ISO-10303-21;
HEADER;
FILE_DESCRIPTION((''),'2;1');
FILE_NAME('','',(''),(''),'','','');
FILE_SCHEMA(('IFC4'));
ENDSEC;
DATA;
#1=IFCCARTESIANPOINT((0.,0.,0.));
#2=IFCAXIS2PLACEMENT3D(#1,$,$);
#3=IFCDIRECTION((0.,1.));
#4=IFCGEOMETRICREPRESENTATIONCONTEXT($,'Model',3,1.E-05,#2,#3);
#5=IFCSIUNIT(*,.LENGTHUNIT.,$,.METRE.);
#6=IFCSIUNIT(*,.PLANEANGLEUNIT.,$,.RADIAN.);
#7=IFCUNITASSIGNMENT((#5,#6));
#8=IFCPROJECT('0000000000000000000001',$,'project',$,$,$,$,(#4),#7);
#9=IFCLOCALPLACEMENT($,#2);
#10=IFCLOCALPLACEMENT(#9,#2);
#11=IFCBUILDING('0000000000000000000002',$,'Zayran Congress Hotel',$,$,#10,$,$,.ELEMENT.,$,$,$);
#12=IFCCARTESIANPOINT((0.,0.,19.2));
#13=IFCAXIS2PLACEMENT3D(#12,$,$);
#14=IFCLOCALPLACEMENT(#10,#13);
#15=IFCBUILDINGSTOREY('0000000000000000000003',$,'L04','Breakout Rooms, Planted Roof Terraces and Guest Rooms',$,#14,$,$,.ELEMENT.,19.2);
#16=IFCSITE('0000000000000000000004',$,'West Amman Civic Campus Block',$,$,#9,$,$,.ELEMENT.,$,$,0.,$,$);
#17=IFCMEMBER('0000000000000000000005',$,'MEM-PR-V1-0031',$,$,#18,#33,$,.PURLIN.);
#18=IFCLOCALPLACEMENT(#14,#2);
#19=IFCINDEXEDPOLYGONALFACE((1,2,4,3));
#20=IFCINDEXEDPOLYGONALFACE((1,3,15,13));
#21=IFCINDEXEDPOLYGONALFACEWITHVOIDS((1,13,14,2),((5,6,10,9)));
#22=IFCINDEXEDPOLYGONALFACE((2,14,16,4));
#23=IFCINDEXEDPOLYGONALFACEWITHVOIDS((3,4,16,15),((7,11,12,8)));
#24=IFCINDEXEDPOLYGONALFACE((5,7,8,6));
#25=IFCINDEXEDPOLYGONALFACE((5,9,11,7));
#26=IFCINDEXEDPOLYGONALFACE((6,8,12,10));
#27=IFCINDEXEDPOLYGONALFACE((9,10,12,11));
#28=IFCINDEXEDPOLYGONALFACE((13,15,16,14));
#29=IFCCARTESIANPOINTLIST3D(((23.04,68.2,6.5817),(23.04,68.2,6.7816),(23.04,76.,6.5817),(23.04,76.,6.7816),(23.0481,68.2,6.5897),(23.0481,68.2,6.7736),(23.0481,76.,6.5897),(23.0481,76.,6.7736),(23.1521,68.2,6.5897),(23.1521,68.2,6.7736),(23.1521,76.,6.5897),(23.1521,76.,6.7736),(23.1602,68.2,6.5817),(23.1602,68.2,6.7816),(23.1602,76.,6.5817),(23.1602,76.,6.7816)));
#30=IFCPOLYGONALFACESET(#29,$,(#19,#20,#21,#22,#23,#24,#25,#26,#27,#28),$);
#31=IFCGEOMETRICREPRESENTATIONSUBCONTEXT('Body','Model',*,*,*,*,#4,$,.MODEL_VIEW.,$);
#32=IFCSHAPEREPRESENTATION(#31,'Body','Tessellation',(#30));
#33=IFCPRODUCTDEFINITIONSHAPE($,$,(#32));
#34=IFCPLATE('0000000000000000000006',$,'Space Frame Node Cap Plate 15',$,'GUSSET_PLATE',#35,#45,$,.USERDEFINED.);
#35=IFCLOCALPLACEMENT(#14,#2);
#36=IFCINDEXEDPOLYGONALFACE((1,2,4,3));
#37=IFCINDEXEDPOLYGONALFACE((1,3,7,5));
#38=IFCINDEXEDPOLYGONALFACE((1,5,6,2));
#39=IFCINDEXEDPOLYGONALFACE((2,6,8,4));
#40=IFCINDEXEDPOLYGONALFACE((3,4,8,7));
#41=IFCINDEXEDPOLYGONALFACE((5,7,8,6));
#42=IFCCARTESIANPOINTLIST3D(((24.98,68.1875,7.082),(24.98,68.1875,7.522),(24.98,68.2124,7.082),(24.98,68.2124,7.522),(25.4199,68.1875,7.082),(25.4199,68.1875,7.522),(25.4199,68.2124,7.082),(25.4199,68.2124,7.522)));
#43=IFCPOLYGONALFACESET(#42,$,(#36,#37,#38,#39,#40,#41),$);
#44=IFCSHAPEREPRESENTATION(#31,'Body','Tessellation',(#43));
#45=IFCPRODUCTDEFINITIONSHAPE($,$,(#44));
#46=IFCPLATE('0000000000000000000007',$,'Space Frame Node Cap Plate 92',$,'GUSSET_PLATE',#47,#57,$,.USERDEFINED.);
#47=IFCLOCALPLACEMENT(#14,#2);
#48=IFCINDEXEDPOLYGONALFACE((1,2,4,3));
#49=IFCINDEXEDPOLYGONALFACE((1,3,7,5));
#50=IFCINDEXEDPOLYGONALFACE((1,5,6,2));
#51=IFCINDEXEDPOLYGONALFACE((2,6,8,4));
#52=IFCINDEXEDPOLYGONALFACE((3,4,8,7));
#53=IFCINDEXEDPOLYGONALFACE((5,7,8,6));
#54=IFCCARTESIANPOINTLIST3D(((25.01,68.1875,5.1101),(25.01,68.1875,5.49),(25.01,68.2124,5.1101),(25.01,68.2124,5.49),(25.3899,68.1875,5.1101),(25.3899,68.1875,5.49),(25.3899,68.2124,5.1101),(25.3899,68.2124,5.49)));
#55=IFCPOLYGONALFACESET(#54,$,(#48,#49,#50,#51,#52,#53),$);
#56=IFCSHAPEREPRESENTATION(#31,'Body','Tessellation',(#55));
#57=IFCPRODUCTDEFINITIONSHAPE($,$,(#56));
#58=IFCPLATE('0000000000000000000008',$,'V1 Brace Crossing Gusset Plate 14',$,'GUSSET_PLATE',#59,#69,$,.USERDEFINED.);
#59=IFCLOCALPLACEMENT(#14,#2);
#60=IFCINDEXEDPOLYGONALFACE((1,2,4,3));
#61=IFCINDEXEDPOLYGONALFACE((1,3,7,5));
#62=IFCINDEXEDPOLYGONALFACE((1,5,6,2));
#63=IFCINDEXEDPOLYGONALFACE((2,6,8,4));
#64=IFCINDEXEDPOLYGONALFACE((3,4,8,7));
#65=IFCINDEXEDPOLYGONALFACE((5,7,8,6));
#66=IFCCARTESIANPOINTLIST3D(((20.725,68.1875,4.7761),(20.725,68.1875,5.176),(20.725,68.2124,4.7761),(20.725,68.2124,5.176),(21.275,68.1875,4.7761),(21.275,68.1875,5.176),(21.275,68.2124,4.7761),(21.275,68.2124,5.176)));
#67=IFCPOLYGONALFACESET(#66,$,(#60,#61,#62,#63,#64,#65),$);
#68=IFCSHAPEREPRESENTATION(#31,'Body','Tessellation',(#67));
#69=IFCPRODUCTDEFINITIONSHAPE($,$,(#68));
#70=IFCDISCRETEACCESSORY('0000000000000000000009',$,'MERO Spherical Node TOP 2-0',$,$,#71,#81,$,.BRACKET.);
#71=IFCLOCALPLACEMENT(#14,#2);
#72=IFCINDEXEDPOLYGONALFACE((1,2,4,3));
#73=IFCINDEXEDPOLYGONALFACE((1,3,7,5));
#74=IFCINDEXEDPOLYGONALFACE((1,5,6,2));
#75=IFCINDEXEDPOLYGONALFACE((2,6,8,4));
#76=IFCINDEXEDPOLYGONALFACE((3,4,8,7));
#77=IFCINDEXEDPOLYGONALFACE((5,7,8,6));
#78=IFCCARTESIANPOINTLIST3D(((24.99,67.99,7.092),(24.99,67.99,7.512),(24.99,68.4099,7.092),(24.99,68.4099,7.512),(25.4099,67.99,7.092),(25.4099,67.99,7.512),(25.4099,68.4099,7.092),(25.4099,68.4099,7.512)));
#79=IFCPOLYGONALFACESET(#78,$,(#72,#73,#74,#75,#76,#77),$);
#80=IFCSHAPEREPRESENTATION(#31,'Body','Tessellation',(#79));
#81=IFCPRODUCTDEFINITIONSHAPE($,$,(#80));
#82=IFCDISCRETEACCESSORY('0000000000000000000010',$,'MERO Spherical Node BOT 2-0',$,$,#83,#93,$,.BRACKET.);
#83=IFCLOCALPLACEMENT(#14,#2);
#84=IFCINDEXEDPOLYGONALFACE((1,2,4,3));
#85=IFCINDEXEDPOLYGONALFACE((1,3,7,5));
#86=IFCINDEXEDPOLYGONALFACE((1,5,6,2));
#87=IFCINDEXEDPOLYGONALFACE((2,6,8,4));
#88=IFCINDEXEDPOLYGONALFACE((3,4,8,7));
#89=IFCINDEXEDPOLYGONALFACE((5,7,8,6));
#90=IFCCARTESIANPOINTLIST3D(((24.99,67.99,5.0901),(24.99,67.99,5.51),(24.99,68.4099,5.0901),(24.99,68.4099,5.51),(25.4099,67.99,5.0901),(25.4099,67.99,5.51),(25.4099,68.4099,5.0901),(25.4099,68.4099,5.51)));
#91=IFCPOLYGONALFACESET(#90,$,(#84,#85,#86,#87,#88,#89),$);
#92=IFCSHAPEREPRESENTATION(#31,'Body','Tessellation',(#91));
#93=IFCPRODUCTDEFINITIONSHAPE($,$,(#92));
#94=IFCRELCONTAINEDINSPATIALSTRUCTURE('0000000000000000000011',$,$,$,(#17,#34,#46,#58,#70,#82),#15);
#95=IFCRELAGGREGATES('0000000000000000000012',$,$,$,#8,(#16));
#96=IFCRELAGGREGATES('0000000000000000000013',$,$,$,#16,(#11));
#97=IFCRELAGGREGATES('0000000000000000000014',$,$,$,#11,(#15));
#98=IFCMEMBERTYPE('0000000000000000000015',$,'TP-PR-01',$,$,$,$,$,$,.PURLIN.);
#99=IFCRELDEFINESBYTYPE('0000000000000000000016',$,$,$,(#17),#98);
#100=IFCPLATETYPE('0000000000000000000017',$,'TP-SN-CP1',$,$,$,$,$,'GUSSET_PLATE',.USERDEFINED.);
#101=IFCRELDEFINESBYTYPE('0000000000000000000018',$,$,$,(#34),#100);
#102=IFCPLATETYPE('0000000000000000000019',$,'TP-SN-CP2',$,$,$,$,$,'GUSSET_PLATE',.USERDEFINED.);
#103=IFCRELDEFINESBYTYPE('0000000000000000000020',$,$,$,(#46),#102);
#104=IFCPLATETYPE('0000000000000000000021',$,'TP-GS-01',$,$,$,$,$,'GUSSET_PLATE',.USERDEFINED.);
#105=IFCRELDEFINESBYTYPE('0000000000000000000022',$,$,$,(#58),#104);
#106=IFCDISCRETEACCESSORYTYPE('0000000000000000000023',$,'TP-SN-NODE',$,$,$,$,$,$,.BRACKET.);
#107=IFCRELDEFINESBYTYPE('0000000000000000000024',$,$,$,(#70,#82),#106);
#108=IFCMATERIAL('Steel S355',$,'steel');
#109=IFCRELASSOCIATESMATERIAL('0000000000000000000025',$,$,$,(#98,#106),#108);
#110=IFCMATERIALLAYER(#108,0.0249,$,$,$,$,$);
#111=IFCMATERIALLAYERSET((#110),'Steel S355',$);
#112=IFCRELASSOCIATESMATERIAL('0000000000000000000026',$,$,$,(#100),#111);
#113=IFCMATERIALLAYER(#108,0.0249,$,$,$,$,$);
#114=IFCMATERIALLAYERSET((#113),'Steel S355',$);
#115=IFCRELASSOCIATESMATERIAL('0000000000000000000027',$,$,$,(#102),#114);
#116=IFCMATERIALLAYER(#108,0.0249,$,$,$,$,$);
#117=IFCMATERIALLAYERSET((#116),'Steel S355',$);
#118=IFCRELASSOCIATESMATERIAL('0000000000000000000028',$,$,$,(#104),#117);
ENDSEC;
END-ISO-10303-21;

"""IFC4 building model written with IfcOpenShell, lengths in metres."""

from ifc_helpers import new_model, si_unit, direction, frame, origin, origin_2d, place, context, subcontext, project, spatial, rectangle, hollow_rectangle, extrude, material, layer, layer_set, material_profile, profile_set, type_object, element, save


model = new_model("IFC4")

# Units and contexts
model_context = context("Model", 3, precision=1e-05, world=origin(), true_north=direction((0.0, 1.0)))
body_context = subcontext(model_context, "Body", "Model", "MODEL_VIEW")
ifc_project = project(units=[si_unit("LENGTHUNIT", "METRE"), si_unit("PLANEANGLEUNIT", "RADIAN")], contexts=[model_context])

# Site, building, storey
site_placement = place(None, origin())
site = spatial("IfcSite", under=ifc_project, at=site_placement, Name="West Amman Civic Campus Block", CompositionType="ELEMENT", RefElevation=0.0)
building_placement = place(site_placement, origin())
building = spatial("IfcBuilding", under=site, at=building_placement, Name="Zayran Congress Hotel", CompositionType="ELEMENT")
storey_placement = place(building_placement, frame((0.0, 0.0, 19.2)))
storey = spatial("IfcBuildingStorey", under=building, at=storey_placement, Name="L04", Description="Breakout Rooms, Planted Roof Terraces and Guest Rooms", CompositionType="ELEMENT", Elevation=19.2)

# Shared definitions
ifc_material = material(Name="Steel S355", Category="steel")

# Member
ifc_material_profile_1 = material_profile(ifc_material, hollow_rectangle(XDim=0.1201, YDim=0.2, WallThickness=0.0081, at=origin_2d()), Name="RHS 200x120x8")
ifc_profile_set_1 = profile_set([ifc_material_profile_1], Name="Steel S355")
member_type_1 = type_object("IfcMemberType", Name="TP-PR-01", PredefinedType="PURLIN", material=ifc_profile_set_1)
for number, where, z_axis, x_axis, name in (
    (1, (23.1001, 68.2, 6.6816), (0.0, 1.0, 0.0), (-1.0, 0.0, 0.0), "MEM-PR-V1-0031"),
):
    element("IfcMember", number, at=place(storey_placement, frame(where, z_axis=z_axis, x_axis=x_axis)), inside=storey, type_object=member_type_1, Name=name, PredefinedType="PURLIN", context=body_context, shape_type="SweptSolid", body=[
        extrude(hollow_rectangle(XDim=0.1201, YDim=0.2, WallThickness=0.0081, at=origin_2d()), origin(), (0.0, 0.0, 1.0), 7.8),
    ])

# Plates
ifc_layer_1 = layer(ifc_material, 0.0249)
ifc_layer_set_1 = layer_set([ifc_layer_1], Name="Steel S355")
plate_type_1 = type_object("IfcPlateType", Name="TP-SN-CP1", ElementType="GUSSET_PLATE", PredefinedType="USERDEFINED", material=ifc_layer_set_1)
plate_1_placement = place(storey_placement, frame((25.2, 68.2, 7.082), z_axis=(0.0, 0.0, 1.0), x_axis=(1.0, 0.0, 0.0)))
element("IfcPlate", 2, at=plate_1_placement, inside=storey, type_object=plate_type_1, Name="Space Frame Node Cap Plate 15", ObjectType="GUSSET_PLATE", PredefinedType="USERDEFINED", context=body_context, shape_type="SweptSolid", body=[
    extrude(rectangle(XDim=0.4399, YDim=0.0249, at=origin_2d()), origin(), (0.0, 0.0, 1.0), 0.4399),
])
ifc_layer_2 = layer(ifc_material, 0.0249)
ifc_layer_set_2 = layer_set([ifc_layer_2], Name="Steel S355")
plate_type_2 = type_object("IfcPlateType", Name="TP-SN-CP2", ElementType="GUSSET_PLATE", PredefinedType="USERDEFINED", material=ifc_layer_set_2)
plate_2_placement = place(storey_placement, frame((25.2, 68.2, 5.1101), z_axis=(0.0, 0.0, 1.0), x_axis=(1.0, 0.0, 0.0)))
element("IfcPlate", 3, at=plate_2_placement, inside=storey, type_object=plate_type_2, Name="Space Frame Node Cap Plate 92", ObjectType="GUSSET_PLATE", PredefinedType="USERDEFINED", context=body_context, shape_type="SweptSolid", body=[
    extrude(rectangle(XDim=0.3799, YDim=0.0249, at=origin_2d()), origin(), (0.0, 0.0, 1.0), 0.3799),
])
ifc_layer_3 = layer(ifc_material, 0.0249)
ifc_layer_set_3 = layer_set([ifc_layer_3], Name="Steel S355")
plate_type_3 = type_object("IfcPlateType", Name="TP-GS-01", ElementType="GUSSET_PLATE", PredefinedType="USERDEFINED", material=ifc_layer_set_3)
plate_3_placement = place(storey_placement, frame((21.0, 68.2, 4.7761), z_axis=(0.0, 0.0, 1.0), x_axis=(1.0, 0.0, 0.0)))
element("IfcPlate", 4, at=plate_3_placement, inside=storey, type_object=plate_type_3, Name="V1 Brace Crossing Gusset Plate 14", ObjectType="GUSSET_PLATE", PredefinedType="USERDEFINED", context=body_context, shape_type="SweptSolid", body=[
    extrude(rectangle(XDim=0.55, YDim=0.0249, at=origin_2d()), origin(), (0.0, 0.0, 1.0), 0.3999),
])

# Discrete accessories
discrete_accessory_type = type_object("IfcDiscreteAccessoryType", Name="TP-SN-NODE", PredefinedType="BRACKET", material=ifc_material)
for number, where, z_axis, x_axis, name in (
    (5, (25.2, 68.2, 7.092), (0.0, 0.0, 1.0), (1.0, 0.0, 0.0), "MERO Spherical Node TOP 2-0"),
    (6, (25.2, 68.2, 5.0901), (0.0, 0.0, 1.0), (1.0, 0.0, 0.0), "MERO Spherical Node BOT 2-0"),
):
    element("IfcDiscreteAccessory", number, at=place(storey_placement, frame(where, z_axis=z_axis, x_axis=x_axis)), inside=storey, type_object=discrete_accessory_type, Name=name, PredefinedType="BRACKET", context=body_context, shape_type="SweptSolid", body=[
        extrude(rectangle(XDim=0.4199, YDim=0.4199, at=origin_2d()), origin(), (0.0, 0.0, 1.0), 0.4199),
    ])

save(model, "model.ifc")
